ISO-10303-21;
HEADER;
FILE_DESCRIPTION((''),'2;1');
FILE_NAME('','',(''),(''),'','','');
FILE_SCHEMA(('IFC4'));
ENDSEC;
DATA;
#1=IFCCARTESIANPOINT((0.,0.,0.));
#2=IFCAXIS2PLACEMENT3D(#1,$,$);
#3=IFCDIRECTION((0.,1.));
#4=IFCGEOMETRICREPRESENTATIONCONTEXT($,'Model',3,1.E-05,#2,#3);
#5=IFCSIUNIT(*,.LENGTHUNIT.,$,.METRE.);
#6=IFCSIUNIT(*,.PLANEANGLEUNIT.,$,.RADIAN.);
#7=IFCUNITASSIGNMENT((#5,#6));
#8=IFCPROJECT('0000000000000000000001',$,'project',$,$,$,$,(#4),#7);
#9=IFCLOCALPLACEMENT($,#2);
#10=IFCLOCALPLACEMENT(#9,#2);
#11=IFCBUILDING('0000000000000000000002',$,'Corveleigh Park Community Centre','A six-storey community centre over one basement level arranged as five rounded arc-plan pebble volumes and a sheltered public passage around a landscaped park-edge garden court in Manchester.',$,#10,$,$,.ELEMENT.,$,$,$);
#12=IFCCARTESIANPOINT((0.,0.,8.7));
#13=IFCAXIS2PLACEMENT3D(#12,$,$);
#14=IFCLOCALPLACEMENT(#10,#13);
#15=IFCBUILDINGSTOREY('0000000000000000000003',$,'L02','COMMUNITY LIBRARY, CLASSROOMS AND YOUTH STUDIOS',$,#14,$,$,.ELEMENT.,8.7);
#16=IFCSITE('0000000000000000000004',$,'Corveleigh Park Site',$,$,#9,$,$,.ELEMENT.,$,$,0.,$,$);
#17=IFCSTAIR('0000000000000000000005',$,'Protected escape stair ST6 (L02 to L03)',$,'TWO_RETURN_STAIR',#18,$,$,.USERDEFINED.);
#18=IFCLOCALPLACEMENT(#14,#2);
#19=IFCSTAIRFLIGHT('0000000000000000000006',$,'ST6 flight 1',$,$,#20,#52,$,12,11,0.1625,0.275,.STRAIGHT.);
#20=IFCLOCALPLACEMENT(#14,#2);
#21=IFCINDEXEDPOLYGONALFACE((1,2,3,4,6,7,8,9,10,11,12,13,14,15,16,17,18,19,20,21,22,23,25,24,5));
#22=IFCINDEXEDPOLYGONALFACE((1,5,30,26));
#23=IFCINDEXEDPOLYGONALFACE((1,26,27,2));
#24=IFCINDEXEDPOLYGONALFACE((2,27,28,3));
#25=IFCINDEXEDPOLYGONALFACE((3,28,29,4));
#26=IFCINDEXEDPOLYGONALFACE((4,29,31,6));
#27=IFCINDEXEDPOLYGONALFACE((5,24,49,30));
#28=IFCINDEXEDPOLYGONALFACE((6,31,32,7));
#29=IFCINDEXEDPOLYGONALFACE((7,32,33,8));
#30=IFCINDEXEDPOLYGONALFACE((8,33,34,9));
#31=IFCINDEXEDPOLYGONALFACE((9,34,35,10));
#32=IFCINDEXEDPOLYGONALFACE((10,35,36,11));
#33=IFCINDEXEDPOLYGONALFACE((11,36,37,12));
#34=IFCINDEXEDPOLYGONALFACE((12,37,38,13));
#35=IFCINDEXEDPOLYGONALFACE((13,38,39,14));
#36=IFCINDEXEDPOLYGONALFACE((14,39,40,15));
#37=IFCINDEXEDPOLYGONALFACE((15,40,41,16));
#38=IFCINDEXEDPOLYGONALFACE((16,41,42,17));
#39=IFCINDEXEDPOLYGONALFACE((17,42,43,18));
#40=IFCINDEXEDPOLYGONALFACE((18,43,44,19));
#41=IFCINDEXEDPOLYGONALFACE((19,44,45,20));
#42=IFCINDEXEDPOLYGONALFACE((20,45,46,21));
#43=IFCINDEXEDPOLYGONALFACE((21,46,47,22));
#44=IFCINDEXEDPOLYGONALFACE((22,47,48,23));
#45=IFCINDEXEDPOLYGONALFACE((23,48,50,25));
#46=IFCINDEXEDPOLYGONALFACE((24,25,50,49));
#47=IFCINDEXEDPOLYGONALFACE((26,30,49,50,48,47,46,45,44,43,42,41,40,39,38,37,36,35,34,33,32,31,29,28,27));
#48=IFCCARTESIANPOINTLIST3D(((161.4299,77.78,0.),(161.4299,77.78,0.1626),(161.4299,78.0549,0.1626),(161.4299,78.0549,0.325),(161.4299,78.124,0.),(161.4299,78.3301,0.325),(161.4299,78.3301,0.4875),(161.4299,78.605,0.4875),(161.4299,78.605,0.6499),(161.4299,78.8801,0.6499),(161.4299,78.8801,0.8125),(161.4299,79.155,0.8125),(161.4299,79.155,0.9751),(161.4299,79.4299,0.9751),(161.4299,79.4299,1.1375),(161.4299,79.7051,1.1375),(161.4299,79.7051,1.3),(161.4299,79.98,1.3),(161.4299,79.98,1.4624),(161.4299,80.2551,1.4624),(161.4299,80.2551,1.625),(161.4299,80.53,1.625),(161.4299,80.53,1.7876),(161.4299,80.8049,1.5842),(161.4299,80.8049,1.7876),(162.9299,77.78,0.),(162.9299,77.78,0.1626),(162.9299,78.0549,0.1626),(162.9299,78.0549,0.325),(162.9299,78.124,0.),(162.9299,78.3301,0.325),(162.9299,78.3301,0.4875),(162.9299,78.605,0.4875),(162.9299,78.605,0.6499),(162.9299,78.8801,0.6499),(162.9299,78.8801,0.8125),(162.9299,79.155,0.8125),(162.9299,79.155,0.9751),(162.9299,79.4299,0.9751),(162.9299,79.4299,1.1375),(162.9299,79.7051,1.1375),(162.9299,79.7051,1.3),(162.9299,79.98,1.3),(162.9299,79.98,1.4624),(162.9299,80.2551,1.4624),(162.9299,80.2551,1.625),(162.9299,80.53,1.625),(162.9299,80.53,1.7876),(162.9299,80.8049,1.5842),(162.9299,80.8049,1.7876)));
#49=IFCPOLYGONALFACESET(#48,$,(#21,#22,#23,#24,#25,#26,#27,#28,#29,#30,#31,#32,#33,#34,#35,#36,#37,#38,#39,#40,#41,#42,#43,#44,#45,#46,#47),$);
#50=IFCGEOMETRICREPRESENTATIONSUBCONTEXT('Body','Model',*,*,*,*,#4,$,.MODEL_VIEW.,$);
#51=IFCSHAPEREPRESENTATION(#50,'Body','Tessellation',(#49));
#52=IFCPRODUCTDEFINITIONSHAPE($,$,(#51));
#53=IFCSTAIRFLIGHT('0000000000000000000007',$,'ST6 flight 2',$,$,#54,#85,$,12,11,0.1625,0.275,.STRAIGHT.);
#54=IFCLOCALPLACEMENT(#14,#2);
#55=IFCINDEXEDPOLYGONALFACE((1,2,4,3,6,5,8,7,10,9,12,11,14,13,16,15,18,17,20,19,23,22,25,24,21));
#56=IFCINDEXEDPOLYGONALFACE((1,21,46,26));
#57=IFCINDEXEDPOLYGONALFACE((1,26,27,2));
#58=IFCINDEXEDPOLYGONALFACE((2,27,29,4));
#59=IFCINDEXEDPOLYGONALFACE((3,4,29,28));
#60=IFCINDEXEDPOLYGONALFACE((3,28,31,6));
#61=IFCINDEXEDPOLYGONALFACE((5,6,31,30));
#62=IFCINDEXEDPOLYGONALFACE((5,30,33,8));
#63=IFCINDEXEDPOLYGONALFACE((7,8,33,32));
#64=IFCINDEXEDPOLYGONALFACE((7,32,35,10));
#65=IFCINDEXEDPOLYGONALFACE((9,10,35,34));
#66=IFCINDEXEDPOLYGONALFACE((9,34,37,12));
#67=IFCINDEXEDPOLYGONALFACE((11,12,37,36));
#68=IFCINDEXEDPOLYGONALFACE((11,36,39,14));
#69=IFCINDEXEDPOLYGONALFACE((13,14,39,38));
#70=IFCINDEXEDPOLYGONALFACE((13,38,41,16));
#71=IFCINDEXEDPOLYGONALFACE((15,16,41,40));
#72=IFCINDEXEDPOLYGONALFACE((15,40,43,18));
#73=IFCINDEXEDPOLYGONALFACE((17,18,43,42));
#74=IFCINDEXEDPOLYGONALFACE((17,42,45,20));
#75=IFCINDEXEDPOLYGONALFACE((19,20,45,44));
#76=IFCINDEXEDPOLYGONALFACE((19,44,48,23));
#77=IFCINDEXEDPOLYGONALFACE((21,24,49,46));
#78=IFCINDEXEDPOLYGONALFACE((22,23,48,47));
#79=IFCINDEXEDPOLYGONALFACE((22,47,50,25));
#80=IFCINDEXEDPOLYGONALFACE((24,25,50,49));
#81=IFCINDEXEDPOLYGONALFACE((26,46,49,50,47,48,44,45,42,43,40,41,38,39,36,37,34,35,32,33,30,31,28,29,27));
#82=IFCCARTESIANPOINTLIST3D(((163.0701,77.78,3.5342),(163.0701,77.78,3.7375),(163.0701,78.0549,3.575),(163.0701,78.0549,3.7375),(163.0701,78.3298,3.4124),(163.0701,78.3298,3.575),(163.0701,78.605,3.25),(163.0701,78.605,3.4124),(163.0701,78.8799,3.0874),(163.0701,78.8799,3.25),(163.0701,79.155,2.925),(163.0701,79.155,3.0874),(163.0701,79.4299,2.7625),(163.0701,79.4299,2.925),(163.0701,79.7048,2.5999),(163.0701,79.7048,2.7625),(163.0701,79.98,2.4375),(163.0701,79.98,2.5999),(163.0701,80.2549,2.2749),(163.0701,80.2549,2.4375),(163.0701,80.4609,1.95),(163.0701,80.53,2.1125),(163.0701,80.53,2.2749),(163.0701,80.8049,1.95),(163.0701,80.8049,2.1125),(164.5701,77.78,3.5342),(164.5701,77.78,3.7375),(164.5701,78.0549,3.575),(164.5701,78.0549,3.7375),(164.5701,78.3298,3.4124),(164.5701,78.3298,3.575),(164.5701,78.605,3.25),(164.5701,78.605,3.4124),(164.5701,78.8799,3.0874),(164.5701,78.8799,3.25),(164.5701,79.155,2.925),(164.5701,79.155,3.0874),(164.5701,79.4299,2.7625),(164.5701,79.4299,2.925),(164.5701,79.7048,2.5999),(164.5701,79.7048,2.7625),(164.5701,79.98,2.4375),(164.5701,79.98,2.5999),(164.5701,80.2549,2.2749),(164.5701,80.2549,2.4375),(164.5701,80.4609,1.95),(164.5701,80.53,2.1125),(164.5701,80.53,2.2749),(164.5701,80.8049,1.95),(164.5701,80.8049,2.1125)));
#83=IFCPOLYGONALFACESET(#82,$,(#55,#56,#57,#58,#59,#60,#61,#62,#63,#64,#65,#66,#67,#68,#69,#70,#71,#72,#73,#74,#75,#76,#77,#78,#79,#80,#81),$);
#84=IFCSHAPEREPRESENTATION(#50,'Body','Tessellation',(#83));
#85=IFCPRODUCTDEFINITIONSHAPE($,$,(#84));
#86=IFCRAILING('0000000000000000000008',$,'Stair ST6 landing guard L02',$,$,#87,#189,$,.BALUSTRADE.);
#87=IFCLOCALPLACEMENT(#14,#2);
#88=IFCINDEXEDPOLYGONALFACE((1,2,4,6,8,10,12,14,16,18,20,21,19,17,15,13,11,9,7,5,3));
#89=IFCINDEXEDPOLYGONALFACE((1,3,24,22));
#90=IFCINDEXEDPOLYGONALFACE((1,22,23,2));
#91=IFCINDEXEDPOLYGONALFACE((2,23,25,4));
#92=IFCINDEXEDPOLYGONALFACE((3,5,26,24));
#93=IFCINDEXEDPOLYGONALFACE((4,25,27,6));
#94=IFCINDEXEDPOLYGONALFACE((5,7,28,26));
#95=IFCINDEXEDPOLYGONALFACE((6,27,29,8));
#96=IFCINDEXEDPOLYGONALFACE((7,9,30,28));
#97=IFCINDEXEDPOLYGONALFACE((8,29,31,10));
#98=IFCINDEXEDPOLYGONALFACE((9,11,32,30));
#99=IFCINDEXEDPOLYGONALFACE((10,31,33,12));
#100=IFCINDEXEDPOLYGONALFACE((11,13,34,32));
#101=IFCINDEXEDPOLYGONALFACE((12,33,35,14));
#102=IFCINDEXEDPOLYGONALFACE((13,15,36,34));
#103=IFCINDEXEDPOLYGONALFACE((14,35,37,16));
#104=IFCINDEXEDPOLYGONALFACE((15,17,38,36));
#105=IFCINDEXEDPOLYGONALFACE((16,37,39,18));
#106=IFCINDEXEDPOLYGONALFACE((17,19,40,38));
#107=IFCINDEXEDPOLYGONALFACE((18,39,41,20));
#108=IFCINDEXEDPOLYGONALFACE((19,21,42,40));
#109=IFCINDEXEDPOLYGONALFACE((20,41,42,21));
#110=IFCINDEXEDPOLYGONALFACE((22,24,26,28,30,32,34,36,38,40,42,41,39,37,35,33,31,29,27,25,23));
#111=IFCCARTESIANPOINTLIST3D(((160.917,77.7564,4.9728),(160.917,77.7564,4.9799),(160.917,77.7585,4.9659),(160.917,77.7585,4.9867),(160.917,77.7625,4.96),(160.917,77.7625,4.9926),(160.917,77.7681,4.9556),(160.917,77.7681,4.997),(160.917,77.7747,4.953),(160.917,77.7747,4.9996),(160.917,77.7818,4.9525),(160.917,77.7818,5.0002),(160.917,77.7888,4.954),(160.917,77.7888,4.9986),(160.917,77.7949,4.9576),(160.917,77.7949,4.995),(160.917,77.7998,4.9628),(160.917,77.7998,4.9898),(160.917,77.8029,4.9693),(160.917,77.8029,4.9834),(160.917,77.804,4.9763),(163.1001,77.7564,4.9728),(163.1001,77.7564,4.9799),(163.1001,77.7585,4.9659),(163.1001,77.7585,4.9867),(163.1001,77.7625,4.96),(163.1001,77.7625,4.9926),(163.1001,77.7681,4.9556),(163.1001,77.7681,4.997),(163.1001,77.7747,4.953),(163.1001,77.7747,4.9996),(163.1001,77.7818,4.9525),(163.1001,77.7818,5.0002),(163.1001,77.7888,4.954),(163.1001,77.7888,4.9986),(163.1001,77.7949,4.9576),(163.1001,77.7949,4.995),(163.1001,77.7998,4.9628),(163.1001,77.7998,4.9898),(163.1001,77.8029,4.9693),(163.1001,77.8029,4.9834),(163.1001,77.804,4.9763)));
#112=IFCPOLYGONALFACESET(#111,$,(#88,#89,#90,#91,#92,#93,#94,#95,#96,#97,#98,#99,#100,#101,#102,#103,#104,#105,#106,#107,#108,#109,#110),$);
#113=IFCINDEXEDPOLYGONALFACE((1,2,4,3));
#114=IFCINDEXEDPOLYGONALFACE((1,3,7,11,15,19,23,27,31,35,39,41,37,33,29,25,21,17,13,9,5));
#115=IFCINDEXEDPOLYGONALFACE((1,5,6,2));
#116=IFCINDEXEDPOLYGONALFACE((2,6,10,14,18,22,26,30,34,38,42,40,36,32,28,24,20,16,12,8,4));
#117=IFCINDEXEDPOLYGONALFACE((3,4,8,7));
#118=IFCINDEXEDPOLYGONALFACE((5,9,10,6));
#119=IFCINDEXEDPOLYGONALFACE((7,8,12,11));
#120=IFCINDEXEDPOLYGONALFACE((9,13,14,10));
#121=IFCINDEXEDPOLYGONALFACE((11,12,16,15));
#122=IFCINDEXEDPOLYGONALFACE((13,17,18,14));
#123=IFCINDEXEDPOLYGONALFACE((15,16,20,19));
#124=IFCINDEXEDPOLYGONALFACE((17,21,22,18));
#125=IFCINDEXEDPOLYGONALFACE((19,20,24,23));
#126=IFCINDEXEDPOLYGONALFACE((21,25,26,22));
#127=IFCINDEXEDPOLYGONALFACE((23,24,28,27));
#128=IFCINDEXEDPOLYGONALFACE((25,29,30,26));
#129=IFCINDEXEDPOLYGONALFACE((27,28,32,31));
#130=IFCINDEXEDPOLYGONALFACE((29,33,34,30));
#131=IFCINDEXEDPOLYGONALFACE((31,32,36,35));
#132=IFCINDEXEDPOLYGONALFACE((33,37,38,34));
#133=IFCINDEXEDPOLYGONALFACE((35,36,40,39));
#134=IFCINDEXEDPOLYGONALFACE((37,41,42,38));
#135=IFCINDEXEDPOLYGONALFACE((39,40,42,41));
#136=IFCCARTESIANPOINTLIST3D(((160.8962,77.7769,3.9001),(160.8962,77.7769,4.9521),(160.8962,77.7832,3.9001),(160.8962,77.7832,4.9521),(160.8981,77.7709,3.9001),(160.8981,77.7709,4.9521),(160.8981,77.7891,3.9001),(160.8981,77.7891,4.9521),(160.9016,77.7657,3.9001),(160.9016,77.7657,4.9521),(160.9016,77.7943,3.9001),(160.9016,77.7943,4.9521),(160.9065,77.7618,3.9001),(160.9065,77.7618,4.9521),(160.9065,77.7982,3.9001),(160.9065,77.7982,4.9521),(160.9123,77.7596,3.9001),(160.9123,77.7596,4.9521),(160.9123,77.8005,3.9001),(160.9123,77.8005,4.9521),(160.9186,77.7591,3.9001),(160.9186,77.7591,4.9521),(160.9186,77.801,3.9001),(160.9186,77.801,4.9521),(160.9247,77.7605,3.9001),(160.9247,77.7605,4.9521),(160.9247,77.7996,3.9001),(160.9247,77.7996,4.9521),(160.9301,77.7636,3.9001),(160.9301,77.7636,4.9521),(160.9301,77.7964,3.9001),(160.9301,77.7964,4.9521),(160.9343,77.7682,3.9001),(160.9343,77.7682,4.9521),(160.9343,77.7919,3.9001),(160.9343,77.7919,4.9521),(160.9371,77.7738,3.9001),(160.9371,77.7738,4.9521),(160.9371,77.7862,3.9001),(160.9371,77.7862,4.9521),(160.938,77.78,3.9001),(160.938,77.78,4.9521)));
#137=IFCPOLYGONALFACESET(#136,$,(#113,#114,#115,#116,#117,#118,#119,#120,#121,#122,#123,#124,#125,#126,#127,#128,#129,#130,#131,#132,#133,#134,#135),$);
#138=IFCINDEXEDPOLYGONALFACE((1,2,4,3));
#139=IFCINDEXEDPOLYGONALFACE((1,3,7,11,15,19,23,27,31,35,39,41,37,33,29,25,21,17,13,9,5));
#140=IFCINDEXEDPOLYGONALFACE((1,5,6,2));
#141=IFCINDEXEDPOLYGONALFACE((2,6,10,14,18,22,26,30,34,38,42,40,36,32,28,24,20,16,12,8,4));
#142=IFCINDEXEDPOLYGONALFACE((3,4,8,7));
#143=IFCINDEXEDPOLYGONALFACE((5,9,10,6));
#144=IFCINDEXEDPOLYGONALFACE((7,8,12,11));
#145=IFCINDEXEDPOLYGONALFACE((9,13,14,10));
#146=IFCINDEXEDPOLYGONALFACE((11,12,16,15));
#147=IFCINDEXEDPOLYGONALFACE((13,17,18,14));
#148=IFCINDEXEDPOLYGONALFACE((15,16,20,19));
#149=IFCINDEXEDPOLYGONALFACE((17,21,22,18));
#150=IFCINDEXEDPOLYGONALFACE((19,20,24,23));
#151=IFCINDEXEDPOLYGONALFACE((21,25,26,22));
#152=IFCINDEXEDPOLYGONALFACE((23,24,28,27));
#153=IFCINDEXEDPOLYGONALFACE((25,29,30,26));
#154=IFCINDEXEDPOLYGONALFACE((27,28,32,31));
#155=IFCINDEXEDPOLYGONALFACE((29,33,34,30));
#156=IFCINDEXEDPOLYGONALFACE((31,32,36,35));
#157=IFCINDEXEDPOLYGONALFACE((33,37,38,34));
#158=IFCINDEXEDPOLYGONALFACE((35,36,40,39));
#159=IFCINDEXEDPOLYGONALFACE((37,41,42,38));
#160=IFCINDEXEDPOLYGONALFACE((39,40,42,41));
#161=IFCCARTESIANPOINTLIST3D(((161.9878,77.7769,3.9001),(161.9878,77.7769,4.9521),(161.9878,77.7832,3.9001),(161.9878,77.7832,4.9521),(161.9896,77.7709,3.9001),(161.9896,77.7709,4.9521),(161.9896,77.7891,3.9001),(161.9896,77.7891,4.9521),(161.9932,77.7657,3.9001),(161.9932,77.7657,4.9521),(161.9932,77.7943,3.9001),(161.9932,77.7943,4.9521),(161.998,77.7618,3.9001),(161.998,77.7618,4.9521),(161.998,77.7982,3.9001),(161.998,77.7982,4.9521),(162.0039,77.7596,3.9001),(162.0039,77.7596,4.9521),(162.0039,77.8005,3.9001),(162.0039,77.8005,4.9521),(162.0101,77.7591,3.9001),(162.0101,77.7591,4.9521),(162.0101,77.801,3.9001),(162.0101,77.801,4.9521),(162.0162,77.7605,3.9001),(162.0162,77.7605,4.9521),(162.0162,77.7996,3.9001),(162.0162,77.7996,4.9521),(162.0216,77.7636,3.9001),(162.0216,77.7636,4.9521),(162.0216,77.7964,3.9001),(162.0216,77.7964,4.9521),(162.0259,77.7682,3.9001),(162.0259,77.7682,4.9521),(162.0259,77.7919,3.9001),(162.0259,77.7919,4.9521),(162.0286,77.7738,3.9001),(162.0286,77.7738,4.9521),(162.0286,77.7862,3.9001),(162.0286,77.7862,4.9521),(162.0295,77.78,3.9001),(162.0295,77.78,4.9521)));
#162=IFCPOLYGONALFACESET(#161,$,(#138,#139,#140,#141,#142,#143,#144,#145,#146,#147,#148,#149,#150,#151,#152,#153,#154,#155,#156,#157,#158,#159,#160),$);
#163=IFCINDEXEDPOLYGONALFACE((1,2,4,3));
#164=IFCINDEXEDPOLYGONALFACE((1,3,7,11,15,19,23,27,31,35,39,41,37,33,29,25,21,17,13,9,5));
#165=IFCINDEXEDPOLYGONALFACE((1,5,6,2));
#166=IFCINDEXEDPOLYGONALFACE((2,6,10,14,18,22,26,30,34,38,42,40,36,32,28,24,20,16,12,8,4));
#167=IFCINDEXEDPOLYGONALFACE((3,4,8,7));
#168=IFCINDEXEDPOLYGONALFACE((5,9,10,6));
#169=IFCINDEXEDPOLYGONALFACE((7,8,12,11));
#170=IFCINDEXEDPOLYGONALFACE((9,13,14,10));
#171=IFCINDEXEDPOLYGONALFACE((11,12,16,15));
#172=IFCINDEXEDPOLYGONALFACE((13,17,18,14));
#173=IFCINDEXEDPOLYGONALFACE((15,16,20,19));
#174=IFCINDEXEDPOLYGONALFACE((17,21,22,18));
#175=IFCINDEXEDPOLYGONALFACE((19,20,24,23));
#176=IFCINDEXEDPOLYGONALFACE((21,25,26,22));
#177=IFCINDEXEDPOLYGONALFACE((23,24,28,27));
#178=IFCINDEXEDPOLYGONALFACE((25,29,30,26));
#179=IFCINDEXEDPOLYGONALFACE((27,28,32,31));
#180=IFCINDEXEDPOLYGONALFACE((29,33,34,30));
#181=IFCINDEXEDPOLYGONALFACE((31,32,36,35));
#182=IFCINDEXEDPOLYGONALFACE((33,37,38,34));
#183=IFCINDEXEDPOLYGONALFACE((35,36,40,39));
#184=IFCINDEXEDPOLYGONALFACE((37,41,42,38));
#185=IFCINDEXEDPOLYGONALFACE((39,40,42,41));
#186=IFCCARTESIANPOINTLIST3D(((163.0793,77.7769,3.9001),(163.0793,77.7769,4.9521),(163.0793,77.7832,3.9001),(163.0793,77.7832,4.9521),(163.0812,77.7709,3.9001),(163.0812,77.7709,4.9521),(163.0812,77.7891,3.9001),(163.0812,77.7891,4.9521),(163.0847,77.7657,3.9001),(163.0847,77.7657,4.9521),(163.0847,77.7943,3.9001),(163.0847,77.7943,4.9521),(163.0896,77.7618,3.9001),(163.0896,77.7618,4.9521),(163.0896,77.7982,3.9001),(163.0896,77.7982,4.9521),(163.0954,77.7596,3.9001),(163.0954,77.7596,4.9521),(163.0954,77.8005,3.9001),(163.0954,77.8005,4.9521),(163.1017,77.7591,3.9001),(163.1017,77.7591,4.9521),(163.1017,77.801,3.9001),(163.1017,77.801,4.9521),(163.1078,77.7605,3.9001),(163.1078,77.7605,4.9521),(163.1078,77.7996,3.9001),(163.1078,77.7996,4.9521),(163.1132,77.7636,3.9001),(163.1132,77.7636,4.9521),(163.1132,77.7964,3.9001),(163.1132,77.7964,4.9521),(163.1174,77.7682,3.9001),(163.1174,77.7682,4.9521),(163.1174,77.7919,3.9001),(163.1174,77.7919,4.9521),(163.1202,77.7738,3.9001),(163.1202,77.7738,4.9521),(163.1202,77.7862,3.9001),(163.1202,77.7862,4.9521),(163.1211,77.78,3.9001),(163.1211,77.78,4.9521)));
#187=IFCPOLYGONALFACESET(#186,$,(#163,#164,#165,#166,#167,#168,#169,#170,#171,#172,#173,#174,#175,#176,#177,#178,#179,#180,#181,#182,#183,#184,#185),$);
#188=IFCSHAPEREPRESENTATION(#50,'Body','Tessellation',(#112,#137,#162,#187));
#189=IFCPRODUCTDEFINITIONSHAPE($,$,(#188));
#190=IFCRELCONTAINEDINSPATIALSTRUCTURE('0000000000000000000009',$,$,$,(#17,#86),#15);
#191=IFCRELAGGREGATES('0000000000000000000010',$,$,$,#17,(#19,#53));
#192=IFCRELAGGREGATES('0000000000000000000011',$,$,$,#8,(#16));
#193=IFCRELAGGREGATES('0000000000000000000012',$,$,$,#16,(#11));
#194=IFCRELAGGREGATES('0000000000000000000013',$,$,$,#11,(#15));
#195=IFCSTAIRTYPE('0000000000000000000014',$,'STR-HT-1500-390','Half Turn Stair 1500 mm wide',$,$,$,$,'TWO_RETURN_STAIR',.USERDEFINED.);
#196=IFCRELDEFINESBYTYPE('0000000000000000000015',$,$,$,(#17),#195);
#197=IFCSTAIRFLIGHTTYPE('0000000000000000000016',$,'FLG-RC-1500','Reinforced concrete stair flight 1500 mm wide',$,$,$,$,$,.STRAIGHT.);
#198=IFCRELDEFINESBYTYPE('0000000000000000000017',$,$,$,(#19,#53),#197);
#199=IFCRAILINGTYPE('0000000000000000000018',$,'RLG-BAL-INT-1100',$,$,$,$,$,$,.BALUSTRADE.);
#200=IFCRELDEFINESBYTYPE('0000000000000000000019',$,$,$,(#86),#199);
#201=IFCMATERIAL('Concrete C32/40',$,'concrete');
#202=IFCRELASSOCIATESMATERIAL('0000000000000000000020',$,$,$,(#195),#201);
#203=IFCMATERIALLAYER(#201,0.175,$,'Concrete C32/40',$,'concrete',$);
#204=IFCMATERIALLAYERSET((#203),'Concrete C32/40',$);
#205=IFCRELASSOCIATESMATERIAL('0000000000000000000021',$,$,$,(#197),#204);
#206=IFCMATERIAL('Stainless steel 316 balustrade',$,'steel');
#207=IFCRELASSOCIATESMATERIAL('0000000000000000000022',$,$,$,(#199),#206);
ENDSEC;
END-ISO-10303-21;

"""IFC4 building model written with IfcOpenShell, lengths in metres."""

from ifc_helpers import new_model, si_unit, direction, frame, origin, origin_2d, place, context, subcontext, project, spatial, polyline, circle, outline, extrude, material, layer, layer_set, type_object, element, aggregate, save


model = new_model("IFC4")

# Units and contexts
model_context = context("Model", 3, precision=1e-05, world=origin(), true_north=direction((0.0, 1.0)))
body_context = subcontext(model_context, "Body", "Model", "MODEL_VIEW")
ifc_project = project(units=[si_unit("LENGTHUNIT", "METRE"), si_unit("PLANEANGLEUNIT", "RADIAN")], contexts=[model_context])

# Site, building, storey
site_placement = place(None, origin())
site = spatial("IfcSite", under=ifc_project, at=site_placement, Name="Corveleigh Park Site", CompositionType="ELEMENT", RefElevation=0.0)
building_placement = place(site_placement, origin())
building = spatial("IfcBuilding", under=site, at=building_placement, Name="Corveleigh Park Community Centre", Description="A six-storey community centre over one basement level arranged as five rounded arc-plan pebble volumes and a sheltered public passage around a landscaped park-edge garden court in Manchester.", CompositionType="ELEMENT")
storey_placement = place(building_placement, frame((0.0, 0.0, 8.7)))
storey = spatial("IfcBuildingStorey", under=building, at=storey_placement, Name="L02", Description="COMMUNITY LIBRARY, CLASSROOMS AND YOUTH STUDIOS", CompositionType="ELEMENT", Elevation=8.7)

# Stair, stair flights
ifc_material_1 = material(Name="Concrete C32/40", Category="concrete")
stair_type = type_object("IfcStairType", Name="STR-HT-1500-390", Description="Half Turn Stair 1500 mm wide", ElementType="TWO_RETURN_STAIR", PredefinedType="USERDEFINED", material=ifc_material_1)
stair_placement = place(storey_placement, origin())
stair = element("IfcStair", 1, at=stair_placement, inside=storey, type_object=stair_type, Name="Protected escape stair ST6 (L02 to L03)", ObjectType="TWO_RETURN_STAIR", PredefinedType="USERDEFINED")
ifc_layer_1 = layer(ifc_material_1, 0.175, Name="Concrete C32/40", Category="concrete")
ifc_layer_set_1 = layer_set([ifc_layer_1], Name="Concrete C32/40")
stair_flight_type = type_object("IfcStairFlightType", Name="FLG-RC-1500", Description="Reinforced concrete stair flight 1500 mm wide", PredefinedType="STRAIGHT", material=ifc_layer_set_1)
stair_flight_1_placement = place(storey_placement, frame((162.1799, 77.78, 0.0), z_axis=(0.0, 0.0, 1.0), x_axis=(0.0, 1.0, 0.0)))
stair_flight_1 = element("IfcStairFlight", 2, at=stair_flight_1_placement, type_object=stair_flight_type, Name="ST6 flight 1", NumberOfRisers=12, NumberOfTreads=11, PredefinedType="STRAIGHT", RiserHeight=0.1625, TreadLength=0.275, context=body_context, shape_type="SweptSolid", body=[
    extrude(outline(polyline([(0.0, 0.0), (0.0, 0.1626), (0.2749, 0.1626), (0.2749, 0.325), (0.55, 0.325), (0.55, 0.4875), (0.825, 0.4875), (0.825, 0.6499), (1.1001, 0.6499), (1.1001, 0.8125), (1.375, 0.8125), (1.375, 0.9751), (1.6499, 0.9751), (1.6499, 1.1375), (1.925, 1.1375), (1.925, 1.3), (2.2, 1.3), (2.2, 1.4624), (2.4751, 1.4624), (2.4751, 1.625), (2.75, 1.625), (2.75, 1.7876), (3.0249, 1.7876), (3.0249, 1.95), (3.0249, 1.5842), (0.344, 0.0), (0.0, 0.0)])), frame((0.0, 0.75, 0.0), z_axis=(0.0, -1.0, 0.0), x_axis=(1.0, 0.0, 0.0)), (0.0, 0.0, 1.0), 1.5),
])
stair_flight_2_placement = place(storey_placement, frame((163.8201, 80.8049, 1.95), z_axis=(0.0, 0.0, 1.0), x_axis=(0.0, -1.0, 0.0)))
stair_flight_2 = element("IfcStairFlight", 3, at=stair_flight_2_placement, type_object=stair_flight_type, Name="ST6 flight 2", NumberOfRisers=12, NumberOfTreads=11, PredefinedType="STRAIGHT", RiserHeight=0.1625, TreadLength=0.275, context=body_context, shape_type="SweptSolid", body=[
    extrude(outline(polyline([(0.0, 0.0), (0.0, 0.1626), (0.2749, 0.1626), (0.2749, 0.325), (0.55, 0.325), (0.55, 0.4875), (0.825, 0.4875), (0.825, 0.6499), (1.1001, 0.6499), (1.1001, 0.8125), (1.375, 0.8125), (1.375, 0.9751), (1.6499, 0.9751), (1.6499, 1.1375), (1.925, 1.1375), (1.925, 1.3), (2.2, 1.3), (2.2, 1.4624), (2.4751, 1.4624), (2.4751, 1.625), (2.75, 1.625), (2.75, 1.7876), (3.0249, 1.7876), (3.0249, 1.95), (3.0249, 1.5842), (0.344, 0.0), (0.0, 0.0)])), frame((0.0, 0.75, 0.0), z_axis=(0.0, -1.0, 0.0), x_axis=(1.0, 0.0, 0.0)), (0.0, 0.0, 1.0), 1.5),
])
aggregate(stair, [stair_flight_1, stair_flight_2])

# Railing
ifc_material_2 = material(Name="Stainless steel 316 balustrade", Category="steel")
railing_type = type_object("IfcRailingType", Name="RLG-BAL-INT-1100", PredefinedType="BALUSTRADE", material=ifc_material_2)
railing_1_placement = place(storey_placement, frame((160.917, 77.78, 3.9001)))
element("IfcRailing", 4, at=railing_1_placement, inside=storey, type_object=railing_type, Name="Stair ST6 landing guard L02", PredefinedType="BALUSTRADE", context=body_context, shape_type="SweptSolid", body=[
    extrude(circle(Radius=0.0239, at=origin_2d()), frame((0.0, 0.0, 1.0762), z_axis=(1.0, 0.0, 0.0), x_axis=(0.0, 1.0, 0.0)), (0.0, 0.0, 1.0), 2.1831),
    extrude(circle(Radius=0.021, at=origin_2d()), origin(), (0.0, 0.0, 1.0), 1.052),
    extrude(circle(Radius=0.021, at=origin_2d()), frame((1.0916, 0.0, 0.0)), (0.0, 0.0, 1.0), 1.052),
    extrude(circle(Radius=0.021, at=origin_2d()), frame((2.1831, 0.0, 0.0)), (0.0, 0.0, 1.0), 1.052),
])

save(model, "model.ifc")
